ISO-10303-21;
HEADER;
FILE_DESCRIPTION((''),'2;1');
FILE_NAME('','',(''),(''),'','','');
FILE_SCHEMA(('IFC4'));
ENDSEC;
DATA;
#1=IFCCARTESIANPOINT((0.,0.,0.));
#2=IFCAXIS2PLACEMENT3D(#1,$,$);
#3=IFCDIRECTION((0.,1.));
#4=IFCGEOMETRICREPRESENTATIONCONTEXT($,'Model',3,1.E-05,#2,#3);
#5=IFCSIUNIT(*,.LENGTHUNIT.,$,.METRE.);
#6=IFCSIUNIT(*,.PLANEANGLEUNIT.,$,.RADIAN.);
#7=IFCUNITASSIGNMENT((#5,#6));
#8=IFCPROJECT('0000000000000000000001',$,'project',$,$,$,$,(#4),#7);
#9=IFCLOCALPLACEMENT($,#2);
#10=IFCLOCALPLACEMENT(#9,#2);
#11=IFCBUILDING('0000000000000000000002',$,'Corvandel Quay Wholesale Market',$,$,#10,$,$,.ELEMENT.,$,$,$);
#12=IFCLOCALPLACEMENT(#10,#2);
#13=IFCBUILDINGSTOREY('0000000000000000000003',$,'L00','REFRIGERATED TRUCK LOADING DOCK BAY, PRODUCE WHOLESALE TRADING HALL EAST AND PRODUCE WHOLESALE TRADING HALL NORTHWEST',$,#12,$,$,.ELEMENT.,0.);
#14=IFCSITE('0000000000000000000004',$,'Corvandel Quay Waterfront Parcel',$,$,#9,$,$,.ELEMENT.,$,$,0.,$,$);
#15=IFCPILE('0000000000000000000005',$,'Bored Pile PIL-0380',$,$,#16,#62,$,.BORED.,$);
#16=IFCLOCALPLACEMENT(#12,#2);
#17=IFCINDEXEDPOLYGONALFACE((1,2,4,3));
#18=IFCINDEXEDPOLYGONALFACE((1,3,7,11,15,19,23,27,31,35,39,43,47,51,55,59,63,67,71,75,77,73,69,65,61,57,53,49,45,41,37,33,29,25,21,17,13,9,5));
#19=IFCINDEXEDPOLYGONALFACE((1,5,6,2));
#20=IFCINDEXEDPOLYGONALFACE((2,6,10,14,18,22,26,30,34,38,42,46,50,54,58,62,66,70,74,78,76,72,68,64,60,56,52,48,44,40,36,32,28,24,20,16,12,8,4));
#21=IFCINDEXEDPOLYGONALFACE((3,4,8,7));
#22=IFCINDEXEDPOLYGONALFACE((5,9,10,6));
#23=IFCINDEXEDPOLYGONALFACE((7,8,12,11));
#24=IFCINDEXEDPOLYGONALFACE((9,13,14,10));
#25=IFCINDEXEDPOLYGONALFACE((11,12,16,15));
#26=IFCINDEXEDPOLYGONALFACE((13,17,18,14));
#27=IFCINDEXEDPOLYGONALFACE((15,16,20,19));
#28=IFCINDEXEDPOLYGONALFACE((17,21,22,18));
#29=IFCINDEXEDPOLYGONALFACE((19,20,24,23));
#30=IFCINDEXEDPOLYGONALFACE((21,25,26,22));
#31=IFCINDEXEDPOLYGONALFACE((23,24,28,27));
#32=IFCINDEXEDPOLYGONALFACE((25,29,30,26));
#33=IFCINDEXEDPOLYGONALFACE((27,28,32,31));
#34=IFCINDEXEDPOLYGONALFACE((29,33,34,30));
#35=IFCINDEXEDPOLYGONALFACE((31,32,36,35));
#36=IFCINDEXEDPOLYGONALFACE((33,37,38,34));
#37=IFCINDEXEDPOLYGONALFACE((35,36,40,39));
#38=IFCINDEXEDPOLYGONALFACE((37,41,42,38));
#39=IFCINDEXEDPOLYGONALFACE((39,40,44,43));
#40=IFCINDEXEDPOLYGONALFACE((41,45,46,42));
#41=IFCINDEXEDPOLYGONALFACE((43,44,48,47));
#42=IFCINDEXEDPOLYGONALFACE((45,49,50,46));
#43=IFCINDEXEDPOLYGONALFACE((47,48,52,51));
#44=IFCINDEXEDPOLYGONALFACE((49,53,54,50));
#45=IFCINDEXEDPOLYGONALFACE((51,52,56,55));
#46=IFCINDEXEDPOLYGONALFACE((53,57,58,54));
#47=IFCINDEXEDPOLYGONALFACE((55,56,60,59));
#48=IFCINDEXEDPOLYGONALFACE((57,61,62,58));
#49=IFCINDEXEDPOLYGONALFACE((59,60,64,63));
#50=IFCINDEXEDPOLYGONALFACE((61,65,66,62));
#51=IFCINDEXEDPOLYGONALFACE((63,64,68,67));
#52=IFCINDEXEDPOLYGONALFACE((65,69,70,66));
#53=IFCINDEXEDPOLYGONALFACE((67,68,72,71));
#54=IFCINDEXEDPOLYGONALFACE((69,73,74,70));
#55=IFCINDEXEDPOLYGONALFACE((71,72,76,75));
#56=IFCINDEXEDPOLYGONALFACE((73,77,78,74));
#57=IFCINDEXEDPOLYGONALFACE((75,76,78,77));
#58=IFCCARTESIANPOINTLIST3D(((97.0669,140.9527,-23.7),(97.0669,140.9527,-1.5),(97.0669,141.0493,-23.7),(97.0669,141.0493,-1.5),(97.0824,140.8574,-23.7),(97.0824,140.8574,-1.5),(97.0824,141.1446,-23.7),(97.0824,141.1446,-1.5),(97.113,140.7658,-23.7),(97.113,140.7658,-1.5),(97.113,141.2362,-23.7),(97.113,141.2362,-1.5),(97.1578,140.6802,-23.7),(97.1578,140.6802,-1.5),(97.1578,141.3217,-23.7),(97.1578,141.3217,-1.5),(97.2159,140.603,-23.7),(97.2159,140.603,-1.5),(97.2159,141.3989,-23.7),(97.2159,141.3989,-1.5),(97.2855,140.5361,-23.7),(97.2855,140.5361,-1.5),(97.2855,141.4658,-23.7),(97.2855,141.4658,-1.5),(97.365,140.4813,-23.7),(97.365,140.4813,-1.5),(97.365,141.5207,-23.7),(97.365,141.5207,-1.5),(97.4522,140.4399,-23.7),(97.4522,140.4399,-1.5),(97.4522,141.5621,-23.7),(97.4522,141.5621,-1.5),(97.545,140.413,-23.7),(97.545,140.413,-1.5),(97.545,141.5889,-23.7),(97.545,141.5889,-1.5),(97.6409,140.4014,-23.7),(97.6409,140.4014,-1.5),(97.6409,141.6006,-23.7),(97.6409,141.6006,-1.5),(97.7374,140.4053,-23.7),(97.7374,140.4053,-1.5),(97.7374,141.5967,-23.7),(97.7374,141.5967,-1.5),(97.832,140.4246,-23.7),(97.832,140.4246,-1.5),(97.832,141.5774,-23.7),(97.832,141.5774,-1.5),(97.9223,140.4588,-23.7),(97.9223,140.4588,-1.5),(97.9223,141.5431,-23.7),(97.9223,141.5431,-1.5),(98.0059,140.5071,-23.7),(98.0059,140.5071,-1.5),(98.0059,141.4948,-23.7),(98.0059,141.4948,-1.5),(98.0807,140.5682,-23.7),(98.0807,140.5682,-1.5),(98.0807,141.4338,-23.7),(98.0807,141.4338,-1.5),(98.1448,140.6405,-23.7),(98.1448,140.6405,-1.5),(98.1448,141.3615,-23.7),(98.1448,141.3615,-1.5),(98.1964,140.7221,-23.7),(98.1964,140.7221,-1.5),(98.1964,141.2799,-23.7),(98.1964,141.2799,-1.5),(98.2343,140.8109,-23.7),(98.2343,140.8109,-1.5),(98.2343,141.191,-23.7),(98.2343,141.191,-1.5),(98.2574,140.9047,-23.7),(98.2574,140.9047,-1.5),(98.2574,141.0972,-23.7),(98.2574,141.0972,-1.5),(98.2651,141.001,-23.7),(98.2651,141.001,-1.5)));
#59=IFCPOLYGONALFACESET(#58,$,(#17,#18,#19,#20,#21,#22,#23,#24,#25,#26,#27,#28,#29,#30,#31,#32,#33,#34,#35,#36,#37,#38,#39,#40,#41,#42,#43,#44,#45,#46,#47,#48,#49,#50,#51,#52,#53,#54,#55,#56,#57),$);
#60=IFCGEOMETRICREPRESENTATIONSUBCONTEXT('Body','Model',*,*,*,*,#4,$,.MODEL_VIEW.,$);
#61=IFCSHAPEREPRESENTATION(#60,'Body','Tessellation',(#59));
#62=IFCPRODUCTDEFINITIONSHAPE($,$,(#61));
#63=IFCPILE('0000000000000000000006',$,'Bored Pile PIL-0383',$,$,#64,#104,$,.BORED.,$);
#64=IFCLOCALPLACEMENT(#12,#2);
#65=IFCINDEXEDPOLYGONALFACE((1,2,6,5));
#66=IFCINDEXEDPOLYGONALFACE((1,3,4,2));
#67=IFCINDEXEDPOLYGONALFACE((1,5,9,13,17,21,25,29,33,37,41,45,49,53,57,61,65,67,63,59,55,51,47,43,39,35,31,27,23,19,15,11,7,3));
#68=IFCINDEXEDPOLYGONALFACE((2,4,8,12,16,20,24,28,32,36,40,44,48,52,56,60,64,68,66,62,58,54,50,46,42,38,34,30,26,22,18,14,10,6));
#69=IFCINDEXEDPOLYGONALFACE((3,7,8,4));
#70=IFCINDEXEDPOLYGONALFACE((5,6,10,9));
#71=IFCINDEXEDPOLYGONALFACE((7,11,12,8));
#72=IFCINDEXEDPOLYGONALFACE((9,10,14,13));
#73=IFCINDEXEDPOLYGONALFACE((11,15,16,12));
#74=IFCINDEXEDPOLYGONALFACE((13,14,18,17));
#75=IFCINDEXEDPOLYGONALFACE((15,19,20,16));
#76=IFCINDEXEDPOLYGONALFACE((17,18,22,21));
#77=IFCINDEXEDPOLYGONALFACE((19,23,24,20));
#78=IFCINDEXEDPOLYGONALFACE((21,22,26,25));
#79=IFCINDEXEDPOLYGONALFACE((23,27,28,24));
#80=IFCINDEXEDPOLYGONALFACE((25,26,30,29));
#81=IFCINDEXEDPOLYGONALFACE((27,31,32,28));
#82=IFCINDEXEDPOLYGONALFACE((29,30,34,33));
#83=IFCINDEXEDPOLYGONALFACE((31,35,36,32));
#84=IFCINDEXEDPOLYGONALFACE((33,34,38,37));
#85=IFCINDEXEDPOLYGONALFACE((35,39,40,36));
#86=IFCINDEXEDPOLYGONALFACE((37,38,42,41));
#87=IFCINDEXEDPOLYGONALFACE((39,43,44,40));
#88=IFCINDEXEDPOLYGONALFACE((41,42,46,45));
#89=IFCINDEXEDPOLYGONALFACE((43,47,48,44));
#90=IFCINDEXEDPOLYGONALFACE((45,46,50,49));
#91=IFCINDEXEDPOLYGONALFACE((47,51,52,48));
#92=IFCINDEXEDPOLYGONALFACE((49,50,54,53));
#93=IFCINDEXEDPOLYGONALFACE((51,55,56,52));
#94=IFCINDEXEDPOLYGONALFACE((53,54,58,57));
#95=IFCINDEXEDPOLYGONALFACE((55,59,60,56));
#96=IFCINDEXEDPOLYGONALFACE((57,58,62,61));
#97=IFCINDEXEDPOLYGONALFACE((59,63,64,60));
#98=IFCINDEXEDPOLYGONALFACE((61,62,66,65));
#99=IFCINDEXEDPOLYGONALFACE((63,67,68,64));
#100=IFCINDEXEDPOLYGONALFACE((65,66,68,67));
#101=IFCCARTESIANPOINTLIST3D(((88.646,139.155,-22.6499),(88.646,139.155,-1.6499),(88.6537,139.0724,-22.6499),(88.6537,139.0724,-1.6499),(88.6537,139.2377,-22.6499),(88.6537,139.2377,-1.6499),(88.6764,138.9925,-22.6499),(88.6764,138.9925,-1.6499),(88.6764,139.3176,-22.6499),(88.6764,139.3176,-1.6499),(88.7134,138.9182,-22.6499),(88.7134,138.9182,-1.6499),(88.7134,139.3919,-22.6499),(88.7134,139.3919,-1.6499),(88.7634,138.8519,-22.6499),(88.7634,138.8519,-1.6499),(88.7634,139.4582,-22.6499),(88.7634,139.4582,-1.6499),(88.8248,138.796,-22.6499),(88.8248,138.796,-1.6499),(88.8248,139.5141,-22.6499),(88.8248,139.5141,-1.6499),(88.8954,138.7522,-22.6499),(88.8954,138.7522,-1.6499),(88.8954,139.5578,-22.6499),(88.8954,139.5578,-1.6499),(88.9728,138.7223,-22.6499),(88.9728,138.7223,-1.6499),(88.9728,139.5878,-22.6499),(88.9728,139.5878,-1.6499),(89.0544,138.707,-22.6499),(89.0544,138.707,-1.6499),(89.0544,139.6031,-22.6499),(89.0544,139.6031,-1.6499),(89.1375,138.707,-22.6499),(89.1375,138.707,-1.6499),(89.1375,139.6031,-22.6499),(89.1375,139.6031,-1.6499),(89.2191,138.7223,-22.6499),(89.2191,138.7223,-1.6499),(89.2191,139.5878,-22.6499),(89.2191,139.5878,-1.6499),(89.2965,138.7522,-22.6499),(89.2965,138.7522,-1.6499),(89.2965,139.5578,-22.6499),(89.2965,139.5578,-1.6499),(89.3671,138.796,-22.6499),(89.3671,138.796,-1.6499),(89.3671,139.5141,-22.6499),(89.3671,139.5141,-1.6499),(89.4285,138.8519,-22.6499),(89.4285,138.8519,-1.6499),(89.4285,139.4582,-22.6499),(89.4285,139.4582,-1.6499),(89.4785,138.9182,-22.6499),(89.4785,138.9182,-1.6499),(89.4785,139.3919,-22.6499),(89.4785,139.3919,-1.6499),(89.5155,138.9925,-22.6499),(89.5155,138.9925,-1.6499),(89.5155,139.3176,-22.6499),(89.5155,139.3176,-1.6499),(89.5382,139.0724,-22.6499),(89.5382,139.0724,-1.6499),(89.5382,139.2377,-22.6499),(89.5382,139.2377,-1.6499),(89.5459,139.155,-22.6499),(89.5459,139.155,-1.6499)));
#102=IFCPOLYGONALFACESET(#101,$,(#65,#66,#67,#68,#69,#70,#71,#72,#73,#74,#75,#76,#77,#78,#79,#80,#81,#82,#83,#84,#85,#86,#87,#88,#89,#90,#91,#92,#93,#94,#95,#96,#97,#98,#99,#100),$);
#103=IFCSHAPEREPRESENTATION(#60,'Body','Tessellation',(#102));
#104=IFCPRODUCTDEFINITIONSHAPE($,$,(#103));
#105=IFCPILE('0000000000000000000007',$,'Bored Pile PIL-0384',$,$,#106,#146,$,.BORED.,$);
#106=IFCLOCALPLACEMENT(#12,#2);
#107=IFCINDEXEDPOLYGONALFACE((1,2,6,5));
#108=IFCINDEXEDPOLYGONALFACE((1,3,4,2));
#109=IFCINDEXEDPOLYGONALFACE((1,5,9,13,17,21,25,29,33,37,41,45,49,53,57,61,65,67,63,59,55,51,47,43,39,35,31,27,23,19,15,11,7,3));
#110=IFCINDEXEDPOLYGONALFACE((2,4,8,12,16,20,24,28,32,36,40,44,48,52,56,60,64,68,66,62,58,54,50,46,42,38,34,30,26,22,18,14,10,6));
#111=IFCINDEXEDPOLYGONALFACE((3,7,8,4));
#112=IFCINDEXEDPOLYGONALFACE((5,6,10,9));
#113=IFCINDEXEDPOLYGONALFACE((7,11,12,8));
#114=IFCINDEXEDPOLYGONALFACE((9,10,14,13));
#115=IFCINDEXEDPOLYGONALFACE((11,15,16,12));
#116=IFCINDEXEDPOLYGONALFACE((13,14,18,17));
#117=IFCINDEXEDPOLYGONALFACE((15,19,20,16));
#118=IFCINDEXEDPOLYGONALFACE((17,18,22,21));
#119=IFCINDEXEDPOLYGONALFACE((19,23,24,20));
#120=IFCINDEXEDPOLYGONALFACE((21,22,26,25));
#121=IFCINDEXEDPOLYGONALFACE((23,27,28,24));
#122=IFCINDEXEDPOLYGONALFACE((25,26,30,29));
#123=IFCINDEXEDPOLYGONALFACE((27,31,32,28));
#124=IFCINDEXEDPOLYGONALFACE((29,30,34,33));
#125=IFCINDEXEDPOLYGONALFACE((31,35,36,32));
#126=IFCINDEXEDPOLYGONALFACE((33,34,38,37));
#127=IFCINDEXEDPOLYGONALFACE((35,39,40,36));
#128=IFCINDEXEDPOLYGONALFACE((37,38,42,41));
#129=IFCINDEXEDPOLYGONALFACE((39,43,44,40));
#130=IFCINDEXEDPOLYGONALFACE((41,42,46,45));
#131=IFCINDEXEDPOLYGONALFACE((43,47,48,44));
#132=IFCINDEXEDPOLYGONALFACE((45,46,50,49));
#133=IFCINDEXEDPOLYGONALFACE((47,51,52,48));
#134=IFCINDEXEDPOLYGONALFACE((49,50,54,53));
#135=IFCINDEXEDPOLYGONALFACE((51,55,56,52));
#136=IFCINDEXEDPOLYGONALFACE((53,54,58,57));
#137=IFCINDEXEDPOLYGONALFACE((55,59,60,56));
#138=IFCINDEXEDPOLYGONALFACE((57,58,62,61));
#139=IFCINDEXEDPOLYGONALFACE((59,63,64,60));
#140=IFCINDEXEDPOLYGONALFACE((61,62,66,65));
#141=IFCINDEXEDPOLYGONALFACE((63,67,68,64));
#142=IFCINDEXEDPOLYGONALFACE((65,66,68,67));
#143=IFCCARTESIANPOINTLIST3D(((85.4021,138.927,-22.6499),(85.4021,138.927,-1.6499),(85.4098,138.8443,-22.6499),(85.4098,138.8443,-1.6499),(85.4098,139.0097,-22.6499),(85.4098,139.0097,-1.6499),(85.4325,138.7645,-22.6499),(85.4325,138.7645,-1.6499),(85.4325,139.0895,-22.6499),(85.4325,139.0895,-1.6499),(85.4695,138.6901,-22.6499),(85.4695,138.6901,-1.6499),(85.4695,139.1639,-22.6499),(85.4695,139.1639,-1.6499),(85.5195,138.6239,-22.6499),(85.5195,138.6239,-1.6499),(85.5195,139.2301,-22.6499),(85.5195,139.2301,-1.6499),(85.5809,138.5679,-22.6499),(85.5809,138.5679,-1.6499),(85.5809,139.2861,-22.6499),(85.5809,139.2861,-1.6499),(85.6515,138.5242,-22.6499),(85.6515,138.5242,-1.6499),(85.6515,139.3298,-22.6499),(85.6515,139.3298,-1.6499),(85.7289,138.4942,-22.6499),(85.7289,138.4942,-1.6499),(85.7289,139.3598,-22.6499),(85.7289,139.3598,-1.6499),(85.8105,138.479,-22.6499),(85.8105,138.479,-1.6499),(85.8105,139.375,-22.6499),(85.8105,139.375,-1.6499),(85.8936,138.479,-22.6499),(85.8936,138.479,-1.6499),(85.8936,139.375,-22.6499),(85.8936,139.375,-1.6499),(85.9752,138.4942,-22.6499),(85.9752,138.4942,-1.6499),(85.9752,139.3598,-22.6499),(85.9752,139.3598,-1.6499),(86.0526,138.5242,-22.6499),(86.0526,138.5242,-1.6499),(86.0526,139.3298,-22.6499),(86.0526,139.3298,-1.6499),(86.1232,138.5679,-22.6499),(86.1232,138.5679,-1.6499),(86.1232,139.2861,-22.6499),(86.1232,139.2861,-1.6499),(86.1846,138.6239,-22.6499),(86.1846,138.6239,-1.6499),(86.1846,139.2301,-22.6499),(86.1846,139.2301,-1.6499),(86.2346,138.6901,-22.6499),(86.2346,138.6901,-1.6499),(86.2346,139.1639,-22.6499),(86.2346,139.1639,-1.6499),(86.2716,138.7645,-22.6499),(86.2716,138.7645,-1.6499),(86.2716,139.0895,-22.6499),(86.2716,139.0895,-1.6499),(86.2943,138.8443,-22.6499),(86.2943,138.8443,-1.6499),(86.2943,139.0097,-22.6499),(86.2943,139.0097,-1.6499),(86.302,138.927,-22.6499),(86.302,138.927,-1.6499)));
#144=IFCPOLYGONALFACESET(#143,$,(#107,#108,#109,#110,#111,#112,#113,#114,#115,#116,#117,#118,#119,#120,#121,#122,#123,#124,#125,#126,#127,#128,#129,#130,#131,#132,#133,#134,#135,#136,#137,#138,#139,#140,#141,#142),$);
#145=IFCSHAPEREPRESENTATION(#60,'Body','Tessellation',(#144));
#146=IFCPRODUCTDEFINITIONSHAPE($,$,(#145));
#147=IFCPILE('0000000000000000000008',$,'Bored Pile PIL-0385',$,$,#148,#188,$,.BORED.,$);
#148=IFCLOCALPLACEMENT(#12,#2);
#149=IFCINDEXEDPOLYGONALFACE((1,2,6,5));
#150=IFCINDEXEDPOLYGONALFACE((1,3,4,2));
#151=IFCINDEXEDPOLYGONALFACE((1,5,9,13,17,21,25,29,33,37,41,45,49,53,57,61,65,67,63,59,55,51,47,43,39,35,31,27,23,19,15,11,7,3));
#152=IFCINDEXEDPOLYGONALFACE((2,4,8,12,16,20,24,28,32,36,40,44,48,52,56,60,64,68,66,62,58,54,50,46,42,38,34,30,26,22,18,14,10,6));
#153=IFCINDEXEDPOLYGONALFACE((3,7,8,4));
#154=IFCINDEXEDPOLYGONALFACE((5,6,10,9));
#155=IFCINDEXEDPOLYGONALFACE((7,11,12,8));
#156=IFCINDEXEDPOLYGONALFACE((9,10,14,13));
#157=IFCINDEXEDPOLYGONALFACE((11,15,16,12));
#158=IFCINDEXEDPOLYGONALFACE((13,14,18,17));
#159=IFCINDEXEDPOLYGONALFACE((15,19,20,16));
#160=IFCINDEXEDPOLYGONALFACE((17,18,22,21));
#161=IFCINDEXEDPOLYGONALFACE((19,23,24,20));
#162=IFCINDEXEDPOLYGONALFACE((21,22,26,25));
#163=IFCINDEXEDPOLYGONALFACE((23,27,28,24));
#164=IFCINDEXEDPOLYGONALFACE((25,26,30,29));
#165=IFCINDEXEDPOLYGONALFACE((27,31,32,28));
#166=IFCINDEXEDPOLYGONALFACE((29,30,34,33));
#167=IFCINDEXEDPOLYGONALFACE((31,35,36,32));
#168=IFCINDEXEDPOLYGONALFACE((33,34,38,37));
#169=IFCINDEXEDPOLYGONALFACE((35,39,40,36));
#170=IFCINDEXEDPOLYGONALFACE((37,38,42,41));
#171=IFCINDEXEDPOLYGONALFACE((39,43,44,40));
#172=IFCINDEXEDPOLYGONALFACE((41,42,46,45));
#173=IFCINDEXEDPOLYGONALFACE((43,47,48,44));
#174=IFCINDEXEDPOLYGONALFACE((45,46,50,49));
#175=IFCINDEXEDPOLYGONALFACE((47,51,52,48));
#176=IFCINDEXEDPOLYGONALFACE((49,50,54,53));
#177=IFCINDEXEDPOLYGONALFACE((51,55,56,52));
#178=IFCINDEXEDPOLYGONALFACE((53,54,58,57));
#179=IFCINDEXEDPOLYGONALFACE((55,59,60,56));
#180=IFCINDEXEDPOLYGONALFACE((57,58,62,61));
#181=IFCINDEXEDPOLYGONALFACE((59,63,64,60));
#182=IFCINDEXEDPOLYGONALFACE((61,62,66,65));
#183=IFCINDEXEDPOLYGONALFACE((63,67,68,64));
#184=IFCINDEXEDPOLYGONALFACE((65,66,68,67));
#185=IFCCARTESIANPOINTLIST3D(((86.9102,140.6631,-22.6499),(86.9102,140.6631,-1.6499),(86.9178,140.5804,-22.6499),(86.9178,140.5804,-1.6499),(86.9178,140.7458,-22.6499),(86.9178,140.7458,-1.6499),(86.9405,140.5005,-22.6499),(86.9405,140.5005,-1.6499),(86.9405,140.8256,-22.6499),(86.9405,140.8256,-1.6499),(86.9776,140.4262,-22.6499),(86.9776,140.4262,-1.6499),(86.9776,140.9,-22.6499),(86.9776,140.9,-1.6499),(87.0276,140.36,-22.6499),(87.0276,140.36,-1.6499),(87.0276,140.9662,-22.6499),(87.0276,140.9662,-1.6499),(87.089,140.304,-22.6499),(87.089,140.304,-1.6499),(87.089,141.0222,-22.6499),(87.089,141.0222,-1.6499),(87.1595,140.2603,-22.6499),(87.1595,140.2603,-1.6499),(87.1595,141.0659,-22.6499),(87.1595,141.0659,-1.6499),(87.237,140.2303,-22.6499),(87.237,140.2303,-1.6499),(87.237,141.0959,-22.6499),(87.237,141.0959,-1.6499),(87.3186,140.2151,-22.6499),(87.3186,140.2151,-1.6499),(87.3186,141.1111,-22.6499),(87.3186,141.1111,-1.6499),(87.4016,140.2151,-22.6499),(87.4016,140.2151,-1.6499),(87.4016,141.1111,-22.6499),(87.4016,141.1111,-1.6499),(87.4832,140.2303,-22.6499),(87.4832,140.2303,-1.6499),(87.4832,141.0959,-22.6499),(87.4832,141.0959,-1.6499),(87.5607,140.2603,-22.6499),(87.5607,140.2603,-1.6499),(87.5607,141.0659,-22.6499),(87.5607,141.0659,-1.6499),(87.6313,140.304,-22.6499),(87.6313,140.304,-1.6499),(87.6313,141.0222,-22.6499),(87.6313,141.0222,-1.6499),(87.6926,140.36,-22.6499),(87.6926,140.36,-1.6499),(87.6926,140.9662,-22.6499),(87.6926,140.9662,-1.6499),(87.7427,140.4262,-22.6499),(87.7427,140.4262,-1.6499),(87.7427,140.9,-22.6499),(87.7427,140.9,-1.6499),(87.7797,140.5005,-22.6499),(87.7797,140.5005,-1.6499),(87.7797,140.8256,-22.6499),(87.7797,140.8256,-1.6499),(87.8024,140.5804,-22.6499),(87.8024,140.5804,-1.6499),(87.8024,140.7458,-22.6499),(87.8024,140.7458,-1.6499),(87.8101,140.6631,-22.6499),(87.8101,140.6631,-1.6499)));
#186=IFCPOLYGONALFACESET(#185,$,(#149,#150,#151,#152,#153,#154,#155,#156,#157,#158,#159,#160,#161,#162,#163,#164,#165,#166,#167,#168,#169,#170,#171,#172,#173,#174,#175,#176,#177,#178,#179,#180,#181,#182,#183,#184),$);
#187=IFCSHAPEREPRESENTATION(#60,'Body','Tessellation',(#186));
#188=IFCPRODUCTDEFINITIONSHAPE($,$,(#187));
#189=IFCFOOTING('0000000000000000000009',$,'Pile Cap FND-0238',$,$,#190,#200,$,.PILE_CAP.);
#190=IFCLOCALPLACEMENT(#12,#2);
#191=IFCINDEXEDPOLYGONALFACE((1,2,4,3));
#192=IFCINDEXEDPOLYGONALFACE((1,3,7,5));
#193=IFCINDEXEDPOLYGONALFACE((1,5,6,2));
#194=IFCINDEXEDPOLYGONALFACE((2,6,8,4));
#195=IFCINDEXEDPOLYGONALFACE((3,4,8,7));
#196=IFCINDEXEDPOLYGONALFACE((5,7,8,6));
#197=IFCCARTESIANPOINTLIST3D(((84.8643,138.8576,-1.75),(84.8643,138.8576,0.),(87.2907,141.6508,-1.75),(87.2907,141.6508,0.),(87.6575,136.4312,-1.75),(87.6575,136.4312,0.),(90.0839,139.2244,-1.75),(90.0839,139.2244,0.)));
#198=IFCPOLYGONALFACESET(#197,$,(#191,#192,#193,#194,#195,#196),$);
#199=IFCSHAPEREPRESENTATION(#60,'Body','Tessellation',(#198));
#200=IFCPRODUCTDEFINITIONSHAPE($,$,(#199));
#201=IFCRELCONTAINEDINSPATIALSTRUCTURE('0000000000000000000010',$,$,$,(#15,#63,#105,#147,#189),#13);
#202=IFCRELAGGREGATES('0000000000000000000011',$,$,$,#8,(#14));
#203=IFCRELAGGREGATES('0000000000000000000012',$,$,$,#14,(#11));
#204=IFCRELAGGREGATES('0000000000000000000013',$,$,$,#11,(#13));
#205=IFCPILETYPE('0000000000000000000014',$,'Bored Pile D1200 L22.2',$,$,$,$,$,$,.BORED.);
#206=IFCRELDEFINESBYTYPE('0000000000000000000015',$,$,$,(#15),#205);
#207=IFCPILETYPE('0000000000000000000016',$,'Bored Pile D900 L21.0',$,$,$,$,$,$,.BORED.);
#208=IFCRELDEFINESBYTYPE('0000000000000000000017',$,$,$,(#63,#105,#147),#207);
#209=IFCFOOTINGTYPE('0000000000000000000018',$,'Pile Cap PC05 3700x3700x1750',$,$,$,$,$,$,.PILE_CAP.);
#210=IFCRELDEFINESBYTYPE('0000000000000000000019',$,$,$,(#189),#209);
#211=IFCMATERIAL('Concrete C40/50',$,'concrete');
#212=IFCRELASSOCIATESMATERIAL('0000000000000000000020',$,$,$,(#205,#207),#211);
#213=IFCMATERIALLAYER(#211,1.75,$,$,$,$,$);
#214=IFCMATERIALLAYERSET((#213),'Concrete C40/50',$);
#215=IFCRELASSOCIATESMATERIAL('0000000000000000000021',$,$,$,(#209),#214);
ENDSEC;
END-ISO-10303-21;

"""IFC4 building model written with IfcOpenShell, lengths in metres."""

from ifc_helpers import new_model, si_unit, direction, frame, origin, origin_2d, place, context, subcontext, project, spatial, rectangle, circle, extrude, material, layer, layer_set, material_profile, profile_set, type_object, element, save


model = new_model("IFC4")

# Units and contexts
model_context = context("Model", 3, precision=1e-05, world=origin(), true_north=direction((0.0, 1.0)))
body_context = subcontext(model_context, "Body", "Model", "MODEL_VIEW")
ifc_project = project(units=[si_unit("LENGTHUNIT", "METRE"), si_unit("PLANEANGLEUNIT", "RADIAN")], contexts=[model_context])

# Site, building, storey
site_placement = place(None, origin())
site = spatial("IfcSite", under=ifc_project, at=site_placement, Name="Corvandel Quay Waterfront Parcel", CompositionType="ELEMENT", RefElevation=0.0)
building_placement = place(site_placement, origin())
building = spatial("IfcBuilding", under=site, at=building_placement, Name="Corvandel Quay Wholesale Market", CompositionType="ELEMENT")
storey_placement = place(building_placement, origin())
storey = spatial("IfcBuildingStorey", under=building, at=storey_placement, Name="L00", Description="REFRIGERATED TRUCK LOADING DOCK BAY, PRODUCE WHOLESALE TRADING HALL EAST AND PRODUCE WHOLESALE TRADING HALL NORTHWEST", CompositionType="ELEMENT", Elevation=0.0)

# Piles
ifc_material_1 = material(Name="Concrete C40/50", Category="concrete")
ifc_material_profile_1 = material_profile(ifc_material_1, circle(Radius=0.6001, at=origin_2d()), Name="RC-PILE-D1200")
ifc_profile_set_1 = profile_set([ifc_material_profile_1], Name="Concrete C40/50")
pile_type_1 = type_object("IfcPileType", Name="Bored Pile D1200 L22.2", PredefinedType="BORED", material=ifc_profile_set_1)
pile_placement = place(storey_placement, frame((97.665, 141.001, -1.5), z_axis=(0.0, 0.0, -1.0), x_axis=(1.0, 0.0, 0.0)))
element("IfcPile", 1, at=pile_placement, inside=storey, type_object=pile_type_1, Name="Bored Pile PIL-0380", PredefinedType="BORED", context=body_context, shape_type="SweptSolid", body=[
    extrude(circle(Radius=0.6001, at=origin_2d()), origin(), (0.0, 0.0, 1.0), 22.2),
])
ifc_material_profile_2 = material_profile(ifc_material_1, circle(Radius=0.45, at=origin_2d()), Name="RC-PILE-D900")
ifc_profile_set_2 = profile_set([ifc_material_profile_2], Name="Concrete C40/50")
pile_type_2 = type_object("IfcPileType", Name="Bored Pile D900 L21.0", PredefinedType="BORED", material=ifc_profile_set_2)
for number, where, z_axis, x_axis, name in (
    (2, (89.0959, 139.155, -1.6499), (0.0, 0.0, -1.0), (1.0, 0.0, 0.0), "Bored Pile PIL-0383"),
    (3, (85.8521, 138.927, -1.6499), (0.0, 0.0, -1.0), (1.0, 0.0, 0.0), "Bored Pile PIL-0384"),
    (4, (87.3601, 140.6631, -1.6499), (0.0, 0.0, -1.0), (1.0, 0.0, 0.0), "Bored Pile PIL-0385"),
):
    element("IfcPile", number, at=place(storey_placement, frame(where, z_axis=z_axis, x_axis=x_axis)), inside=storey, type_object=pile_type_2, Name=name, PredefinedType="BORED", context=body_context, shape_type="SweptSolid", body=[
        extrude(circle(Radius=0.45, at=origin_2d()), origin(), (0.0, 0.0, 1.0), 21.0),
    ])

# Footing
ifc_layer_1 = layer(ifc_material_1, 1.75)
ifc_layer_set_1 = layer_set([ifc_layer_1], Name="Concrete C40/50")
footing_type_1 = type_object("IfcFootingType", Name="Pile Cap PC05 3700x3700x1750", PredefinedType="PILE_CAP", material=ifc_layer_set_1)
footing_1_placement = place(storey_placement, frame((87.4741, 139.041, -1.75), z_axis=(0.0, 0.0, 1.0), x_axis=(0.655796, 0.754939, 0.0)))
element("IfcFooting", 5, at=footing_1_placement, inside=storey, type_object=footing_type_1, Name="Pile Cap FND-0238", PredefinedType="PILE_CAP", context=body_context, shape_type="SweptSolid", body=[
    extrude(rectangle(XDim=3.7, YDim=3.7, at=origin_2d()), origin(), (0.0, 0.0, 1.0), 1.75),
])

save(model, "model.ifc")
